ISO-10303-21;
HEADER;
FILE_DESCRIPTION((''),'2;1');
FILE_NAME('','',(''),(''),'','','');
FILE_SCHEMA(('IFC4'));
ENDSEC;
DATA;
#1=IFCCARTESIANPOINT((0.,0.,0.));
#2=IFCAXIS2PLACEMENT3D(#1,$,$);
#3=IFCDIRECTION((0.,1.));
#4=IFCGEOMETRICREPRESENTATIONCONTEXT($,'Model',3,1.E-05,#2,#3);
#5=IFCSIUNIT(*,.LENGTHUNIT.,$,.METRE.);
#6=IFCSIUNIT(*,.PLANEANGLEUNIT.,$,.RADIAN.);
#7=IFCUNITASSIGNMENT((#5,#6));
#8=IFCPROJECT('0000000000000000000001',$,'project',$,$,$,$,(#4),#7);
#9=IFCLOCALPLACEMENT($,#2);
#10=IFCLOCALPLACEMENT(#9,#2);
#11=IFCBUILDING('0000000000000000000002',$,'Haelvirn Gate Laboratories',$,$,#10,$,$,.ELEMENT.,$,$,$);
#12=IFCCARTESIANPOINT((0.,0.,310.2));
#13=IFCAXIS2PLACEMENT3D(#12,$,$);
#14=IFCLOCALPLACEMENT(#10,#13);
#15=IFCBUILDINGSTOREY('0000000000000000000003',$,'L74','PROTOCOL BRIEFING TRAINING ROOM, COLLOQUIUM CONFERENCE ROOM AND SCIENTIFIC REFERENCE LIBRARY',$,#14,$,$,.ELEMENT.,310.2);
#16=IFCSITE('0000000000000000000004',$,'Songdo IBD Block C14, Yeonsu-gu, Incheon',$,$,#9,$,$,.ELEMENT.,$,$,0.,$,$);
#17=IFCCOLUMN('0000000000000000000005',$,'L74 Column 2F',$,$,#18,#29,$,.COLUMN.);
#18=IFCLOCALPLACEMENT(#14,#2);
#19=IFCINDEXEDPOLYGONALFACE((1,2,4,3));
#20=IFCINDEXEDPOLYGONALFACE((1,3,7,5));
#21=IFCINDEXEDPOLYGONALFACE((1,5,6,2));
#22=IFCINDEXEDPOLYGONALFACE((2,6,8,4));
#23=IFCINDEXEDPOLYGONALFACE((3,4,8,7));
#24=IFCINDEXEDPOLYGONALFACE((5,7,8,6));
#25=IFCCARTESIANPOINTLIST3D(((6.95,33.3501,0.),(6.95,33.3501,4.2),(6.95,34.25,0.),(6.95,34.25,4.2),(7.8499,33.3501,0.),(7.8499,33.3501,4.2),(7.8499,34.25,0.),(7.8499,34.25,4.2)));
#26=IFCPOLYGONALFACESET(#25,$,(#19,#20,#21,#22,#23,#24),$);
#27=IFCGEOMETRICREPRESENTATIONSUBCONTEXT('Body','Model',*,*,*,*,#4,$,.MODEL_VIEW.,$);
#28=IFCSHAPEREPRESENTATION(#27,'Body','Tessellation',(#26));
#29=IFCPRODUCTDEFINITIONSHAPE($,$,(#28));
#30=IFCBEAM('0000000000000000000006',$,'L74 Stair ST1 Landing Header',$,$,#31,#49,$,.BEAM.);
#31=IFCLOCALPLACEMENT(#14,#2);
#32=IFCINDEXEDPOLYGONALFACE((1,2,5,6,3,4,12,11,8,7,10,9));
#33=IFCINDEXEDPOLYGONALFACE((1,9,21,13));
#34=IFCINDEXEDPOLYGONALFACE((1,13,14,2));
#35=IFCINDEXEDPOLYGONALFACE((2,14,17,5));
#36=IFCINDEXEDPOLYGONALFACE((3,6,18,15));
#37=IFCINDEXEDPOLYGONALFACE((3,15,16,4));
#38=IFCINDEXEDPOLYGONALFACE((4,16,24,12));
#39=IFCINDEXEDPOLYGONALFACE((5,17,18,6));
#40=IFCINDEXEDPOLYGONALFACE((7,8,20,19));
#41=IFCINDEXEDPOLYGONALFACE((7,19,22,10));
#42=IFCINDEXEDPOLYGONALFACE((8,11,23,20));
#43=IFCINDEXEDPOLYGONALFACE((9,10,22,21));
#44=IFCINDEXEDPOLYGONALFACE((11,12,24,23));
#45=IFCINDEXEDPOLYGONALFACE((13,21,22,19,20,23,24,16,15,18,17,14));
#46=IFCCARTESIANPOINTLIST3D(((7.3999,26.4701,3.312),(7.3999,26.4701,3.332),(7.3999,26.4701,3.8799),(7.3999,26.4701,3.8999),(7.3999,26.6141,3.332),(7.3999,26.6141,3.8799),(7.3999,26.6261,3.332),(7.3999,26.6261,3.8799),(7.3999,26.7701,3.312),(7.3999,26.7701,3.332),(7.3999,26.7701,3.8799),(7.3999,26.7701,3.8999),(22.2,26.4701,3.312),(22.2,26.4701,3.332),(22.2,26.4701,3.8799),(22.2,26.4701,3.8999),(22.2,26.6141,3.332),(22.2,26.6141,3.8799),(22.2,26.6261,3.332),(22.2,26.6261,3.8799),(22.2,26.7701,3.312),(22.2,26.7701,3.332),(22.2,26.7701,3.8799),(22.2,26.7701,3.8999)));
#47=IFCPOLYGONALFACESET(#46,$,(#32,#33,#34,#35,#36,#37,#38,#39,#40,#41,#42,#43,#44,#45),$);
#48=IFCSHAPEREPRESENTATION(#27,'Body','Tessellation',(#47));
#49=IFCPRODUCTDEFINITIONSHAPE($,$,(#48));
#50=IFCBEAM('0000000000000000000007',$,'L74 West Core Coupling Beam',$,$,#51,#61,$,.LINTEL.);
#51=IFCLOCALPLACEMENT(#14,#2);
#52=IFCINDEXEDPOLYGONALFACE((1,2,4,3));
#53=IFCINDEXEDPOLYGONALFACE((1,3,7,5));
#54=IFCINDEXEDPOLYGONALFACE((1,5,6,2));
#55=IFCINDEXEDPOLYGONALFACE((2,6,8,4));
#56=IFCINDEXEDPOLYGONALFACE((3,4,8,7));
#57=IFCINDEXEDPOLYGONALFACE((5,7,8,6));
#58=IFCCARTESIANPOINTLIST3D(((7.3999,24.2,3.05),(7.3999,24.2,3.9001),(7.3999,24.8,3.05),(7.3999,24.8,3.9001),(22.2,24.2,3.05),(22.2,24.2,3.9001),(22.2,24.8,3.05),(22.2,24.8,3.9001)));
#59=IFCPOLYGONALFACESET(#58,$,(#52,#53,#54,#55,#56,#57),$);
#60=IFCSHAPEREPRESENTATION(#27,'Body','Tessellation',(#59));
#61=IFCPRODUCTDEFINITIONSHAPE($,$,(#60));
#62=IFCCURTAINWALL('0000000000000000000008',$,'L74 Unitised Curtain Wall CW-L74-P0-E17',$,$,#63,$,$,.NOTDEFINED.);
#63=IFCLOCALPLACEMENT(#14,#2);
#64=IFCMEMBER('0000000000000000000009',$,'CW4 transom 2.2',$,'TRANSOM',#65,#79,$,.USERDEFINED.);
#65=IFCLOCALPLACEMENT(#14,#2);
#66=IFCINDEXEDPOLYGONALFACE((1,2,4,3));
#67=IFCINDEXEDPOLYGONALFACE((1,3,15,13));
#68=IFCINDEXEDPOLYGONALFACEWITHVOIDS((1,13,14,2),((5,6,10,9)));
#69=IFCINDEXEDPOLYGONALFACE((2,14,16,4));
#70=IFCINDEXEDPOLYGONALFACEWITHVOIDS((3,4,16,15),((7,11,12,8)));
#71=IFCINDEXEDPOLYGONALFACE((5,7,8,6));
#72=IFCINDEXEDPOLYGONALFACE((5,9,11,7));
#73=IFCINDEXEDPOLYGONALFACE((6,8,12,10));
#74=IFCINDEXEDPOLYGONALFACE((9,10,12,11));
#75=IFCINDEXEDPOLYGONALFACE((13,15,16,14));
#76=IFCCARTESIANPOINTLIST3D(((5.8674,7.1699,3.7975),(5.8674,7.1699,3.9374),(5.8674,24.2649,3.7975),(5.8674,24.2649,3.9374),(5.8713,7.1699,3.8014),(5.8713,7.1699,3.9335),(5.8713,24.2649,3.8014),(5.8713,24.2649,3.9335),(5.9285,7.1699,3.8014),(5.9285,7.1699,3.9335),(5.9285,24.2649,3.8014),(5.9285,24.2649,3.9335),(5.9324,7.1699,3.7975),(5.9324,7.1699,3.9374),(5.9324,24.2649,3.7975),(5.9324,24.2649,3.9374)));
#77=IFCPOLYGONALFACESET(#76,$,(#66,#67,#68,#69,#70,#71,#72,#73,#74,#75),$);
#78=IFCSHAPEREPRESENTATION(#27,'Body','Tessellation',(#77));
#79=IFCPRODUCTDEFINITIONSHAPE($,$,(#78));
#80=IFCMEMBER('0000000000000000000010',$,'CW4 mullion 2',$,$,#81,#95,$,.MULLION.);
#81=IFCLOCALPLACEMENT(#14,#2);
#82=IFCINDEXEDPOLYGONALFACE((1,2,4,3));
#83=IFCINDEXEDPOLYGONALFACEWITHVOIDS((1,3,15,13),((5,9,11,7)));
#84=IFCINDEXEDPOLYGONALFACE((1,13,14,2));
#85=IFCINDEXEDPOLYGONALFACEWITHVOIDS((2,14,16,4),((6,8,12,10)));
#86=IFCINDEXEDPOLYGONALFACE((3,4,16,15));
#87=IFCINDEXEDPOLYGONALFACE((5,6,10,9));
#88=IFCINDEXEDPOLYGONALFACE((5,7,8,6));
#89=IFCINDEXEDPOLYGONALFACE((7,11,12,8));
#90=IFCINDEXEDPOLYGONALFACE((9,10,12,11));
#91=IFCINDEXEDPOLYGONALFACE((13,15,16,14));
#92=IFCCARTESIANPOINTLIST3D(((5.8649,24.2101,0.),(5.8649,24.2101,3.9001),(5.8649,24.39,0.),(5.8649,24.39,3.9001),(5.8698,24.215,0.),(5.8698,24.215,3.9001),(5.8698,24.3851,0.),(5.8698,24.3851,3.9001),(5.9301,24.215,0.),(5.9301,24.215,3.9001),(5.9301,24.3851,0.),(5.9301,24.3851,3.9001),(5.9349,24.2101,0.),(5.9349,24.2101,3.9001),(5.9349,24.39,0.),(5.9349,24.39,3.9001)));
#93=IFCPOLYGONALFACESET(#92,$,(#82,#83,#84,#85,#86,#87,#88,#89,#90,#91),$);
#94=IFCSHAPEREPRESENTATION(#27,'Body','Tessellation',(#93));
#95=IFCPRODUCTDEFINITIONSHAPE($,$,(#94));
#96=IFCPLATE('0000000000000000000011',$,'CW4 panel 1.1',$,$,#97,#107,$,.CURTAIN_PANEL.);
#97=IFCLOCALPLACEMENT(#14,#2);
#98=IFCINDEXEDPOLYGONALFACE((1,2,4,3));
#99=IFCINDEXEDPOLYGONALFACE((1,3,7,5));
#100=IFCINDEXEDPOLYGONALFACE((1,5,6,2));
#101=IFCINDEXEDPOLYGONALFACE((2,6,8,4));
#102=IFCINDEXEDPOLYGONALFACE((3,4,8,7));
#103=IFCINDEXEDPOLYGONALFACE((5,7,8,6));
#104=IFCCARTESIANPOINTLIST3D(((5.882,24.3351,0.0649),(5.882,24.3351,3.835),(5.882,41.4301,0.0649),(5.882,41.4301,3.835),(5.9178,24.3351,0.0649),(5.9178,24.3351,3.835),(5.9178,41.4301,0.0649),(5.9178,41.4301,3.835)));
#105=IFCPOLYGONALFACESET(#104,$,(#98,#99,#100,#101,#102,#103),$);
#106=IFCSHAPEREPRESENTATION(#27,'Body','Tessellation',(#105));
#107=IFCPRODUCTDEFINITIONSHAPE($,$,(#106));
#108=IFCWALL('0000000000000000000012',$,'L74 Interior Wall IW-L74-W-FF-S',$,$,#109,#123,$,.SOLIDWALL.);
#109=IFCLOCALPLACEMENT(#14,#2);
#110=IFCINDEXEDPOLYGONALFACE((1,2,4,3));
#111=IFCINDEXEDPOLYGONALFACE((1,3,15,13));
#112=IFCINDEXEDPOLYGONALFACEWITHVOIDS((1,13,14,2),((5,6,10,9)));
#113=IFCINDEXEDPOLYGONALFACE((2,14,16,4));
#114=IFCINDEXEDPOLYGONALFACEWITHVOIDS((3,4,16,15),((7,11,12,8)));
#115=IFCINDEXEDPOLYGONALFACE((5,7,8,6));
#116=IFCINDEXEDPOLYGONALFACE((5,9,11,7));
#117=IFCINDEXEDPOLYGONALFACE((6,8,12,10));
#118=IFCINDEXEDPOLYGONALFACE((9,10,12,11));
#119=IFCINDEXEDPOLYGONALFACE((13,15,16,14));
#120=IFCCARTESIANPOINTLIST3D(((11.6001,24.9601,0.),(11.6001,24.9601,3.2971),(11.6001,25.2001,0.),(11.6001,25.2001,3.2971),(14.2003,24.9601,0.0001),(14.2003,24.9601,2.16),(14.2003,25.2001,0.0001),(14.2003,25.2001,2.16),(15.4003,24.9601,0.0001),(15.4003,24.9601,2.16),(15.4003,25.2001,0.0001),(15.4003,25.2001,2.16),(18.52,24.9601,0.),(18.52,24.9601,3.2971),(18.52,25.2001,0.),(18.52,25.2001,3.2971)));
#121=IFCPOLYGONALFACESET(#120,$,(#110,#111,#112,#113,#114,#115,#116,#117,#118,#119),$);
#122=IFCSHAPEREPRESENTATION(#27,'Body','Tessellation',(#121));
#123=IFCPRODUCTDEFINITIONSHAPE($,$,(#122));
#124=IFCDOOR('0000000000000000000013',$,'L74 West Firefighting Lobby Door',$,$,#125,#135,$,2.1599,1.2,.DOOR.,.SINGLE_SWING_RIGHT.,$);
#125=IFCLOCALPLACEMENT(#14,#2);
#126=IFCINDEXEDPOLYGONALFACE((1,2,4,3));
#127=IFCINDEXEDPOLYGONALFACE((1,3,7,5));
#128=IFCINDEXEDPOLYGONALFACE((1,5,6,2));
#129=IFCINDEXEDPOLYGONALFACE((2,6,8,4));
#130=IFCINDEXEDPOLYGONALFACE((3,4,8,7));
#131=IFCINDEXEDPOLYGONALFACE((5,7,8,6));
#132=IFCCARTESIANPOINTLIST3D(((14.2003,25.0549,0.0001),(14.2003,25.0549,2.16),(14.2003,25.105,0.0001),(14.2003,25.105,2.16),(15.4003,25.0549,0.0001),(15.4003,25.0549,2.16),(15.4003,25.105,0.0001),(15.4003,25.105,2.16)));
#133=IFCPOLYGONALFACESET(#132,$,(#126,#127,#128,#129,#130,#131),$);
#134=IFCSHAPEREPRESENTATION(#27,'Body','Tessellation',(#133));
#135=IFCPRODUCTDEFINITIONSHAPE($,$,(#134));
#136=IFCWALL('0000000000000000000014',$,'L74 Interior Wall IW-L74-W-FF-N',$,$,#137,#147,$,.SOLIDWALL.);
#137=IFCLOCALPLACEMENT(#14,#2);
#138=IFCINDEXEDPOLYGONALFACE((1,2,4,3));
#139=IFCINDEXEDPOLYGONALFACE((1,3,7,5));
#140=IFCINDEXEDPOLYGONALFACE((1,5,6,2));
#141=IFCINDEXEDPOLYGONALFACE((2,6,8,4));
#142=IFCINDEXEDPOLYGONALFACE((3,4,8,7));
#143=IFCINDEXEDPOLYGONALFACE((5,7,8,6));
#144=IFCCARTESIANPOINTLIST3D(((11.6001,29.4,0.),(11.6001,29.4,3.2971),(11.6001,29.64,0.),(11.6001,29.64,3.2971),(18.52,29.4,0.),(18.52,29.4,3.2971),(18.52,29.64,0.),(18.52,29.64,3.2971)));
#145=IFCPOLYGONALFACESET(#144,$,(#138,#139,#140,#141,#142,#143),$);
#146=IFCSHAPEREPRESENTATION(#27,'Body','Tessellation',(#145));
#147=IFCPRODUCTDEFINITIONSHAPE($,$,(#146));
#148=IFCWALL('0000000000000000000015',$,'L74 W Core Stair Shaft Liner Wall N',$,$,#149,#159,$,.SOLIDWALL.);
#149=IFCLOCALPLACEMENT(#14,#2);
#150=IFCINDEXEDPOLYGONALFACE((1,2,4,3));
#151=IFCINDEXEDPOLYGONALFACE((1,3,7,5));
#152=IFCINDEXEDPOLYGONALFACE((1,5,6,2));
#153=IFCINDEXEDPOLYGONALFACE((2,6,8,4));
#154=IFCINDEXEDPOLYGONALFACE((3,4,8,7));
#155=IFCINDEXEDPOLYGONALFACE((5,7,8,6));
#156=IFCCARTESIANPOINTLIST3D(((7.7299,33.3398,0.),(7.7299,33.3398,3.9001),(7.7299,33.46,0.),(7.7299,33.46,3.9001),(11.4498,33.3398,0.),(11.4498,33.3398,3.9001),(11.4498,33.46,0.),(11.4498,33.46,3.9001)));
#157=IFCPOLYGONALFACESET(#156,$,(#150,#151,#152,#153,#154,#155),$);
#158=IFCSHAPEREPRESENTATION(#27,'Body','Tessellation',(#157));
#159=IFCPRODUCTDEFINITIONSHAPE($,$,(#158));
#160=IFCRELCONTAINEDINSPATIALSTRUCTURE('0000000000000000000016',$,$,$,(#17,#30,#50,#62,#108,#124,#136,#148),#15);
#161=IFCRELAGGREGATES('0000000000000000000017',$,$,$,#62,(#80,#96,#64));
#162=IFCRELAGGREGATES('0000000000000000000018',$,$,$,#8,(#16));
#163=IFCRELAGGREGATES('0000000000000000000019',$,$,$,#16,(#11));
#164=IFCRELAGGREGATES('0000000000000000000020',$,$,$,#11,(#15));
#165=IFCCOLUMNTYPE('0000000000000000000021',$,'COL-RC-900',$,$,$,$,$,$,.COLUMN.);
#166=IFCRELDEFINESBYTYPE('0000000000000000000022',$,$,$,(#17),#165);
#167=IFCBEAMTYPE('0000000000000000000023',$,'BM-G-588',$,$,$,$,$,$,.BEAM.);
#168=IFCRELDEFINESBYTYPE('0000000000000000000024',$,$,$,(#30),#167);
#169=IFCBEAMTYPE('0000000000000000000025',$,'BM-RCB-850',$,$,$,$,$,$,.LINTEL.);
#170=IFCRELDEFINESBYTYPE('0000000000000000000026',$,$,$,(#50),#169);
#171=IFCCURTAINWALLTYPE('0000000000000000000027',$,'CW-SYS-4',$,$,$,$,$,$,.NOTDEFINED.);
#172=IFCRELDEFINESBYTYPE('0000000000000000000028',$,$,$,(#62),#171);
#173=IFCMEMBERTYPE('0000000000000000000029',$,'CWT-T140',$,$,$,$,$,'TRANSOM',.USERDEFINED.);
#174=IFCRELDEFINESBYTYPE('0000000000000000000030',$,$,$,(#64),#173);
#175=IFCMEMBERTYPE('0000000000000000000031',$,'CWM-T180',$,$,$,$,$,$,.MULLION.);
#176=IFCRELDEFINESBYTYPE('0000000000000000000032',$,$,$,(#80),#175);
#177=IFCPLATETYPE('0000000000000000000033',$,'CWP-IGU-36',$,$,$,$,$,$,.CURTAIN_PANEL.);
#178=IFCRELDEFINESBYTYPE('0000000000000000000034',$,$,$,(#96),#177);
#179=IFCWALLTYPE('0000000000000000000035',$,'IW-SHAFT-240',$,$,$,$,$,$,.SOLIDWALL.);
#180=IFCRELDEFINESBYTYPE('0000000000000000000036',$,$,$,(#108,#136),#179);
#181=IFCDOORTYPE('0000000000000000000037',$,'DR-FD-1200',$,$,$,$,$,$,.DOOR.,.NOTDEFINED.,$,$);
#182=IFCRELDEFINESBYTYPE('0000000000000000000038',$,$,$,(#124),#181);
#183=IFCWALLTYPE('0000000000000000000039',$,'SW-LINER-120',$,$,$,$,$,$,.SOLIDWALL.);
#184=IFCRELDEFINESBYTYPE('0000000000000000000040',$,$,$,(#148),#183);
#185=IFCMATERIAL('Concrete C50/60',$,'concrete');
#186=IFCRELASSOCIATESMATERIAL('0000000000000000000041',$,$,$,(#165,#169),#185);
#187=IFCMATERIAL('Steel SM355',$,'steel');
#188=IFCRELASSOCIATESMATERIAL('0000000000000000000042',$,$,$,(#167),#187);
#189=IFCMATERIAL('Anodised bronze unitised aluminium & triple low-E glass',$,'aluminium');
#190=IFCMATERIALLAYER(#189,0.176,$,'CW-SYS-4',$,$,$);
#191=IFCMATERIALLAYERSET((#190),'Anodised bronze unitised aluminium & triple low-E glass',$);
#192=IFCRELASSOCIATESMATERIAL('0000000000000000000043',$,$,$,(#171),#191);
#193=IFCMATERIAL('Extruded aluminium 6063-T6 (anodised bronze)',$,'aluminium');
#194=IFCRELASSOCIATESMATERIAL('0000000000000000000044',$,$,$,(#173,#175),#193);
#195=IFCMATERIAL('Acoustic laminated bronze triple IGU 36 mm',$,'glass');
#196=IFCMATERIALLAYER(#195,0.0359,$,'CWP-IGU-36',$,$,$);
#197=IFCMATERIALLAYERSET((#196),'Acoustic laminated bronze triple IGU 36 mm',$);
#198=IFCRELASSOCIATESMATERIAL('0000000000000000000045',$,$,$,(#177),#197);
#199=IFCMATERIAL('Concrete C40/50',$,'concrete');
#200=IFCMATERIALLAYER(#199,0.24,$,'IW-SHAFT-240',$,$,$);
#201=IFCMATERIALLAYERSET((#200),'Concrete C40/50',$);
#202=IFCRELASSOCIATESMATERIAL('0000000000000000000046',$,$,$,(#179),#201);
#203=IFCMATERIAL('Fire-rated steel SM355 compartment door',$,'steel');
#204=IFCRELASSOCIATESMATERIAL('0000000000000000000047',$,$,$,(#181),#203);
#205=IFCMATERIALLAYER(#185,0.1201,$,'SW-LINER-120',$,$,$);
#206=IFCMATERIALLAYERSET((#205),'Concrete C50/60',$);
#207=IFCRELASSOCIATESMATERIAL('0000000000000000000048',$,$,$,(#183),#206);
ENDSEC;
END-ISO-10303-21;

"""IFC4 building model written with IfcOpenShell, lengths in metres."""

from ifc_helpers import new_model, si_unit, direction, frame, frame_2d, origin, origin_2d, place, context, subcontext, project, spatial, rectangle, hollow_rectangle, i_section, extrude, source, transform, mapped, material, layer, layer_set, material_profile, profile_set, type_object, type_shapes, element, fill, aggregate, save


model = new_model("IFC4")

# Units and contexts
model_context = context("Model", 3, precision=1e-05, world=origin(), true_north=direction((0.0, 1.0)))
body_context = subcontext(model_context, "Body", "Model", "MODEL_VIEW")
ifc_project = project(units=[si_unit("LENGTHUNIT", "METRE"), si_unit("PLANEANGLEUNIT", "RADIAN")], contexts=[model_context])

# Site, building, storey
site_placement = place(None, origin())
site = spatial("IfcSite", under=ifc_project, at=site_placement, Name="Songdo IBD Block C14, Yeonsu-gu, Incheon", CompositionType="ELEMENT", RefElevation=0.0)
building_placement = place(site_placement, origin())
building = spatial("IfcBuilding", under=site, at=building_placement, Name="Haelvirn Gate Laboratories", CompositionType="ELEMENT")
storey_placement = place(building_placement, frame((0.0, 0.0, 310.2)))
storey = spatial("IfcBuildingStorey", under=building, at=storey_placement, Name="L74", Description="PROTOCOL BRIEFING TRAINING ROOM, COLLOQUIUM CONFERENCE ROOM AND SCIENTIFIC REFERENCE LIBRARY", CompositionType="ELEMENT", Elevation=310.2)

# Column
ifc_material_1 = material(Name="Concrete C50/60", Category="concrete")
ifc_material_profile_1 = material_profile(ifc_material_1, rectangle(XDim=0.8999, YDim=0.8999, at=origin_2d()), Name="RC-900x900")
ifc_profile_set_1 = profile_set([ifc_material_profile_1], Name="Concrete C50/60")
column_type = type_object("IfcColumnType", Name="COL-RC-900", PredefinedType="COLUMN", material=ifc_profile_set_1)
shared_shape_1 = source(origin(), body_context, "Body", "SweptSolid", [
    extrude(rectangle(XDim=0.8999, YDim=0.8999, at=origin_2d()), origin(), (0.0, 0.0, 1.0), 4.2),
])
type_shapes(column_type, [shared_shape_1])
column_placement = place(storey_placement, frame((7.3999, 33.8, 0.0), z_axis=(0.0, 0.0, 1.0), x_axis=(1.0, 0.0, 0.0)))
element("IfcColumn", 1, at=column_placement, inside=storey, type_object=column_type, Name="L74 Column 2F", PredefinedType="COLUMN", context=body_context, shape_type="MappedRepresentation", body=[
    mapped(shared_shape_1, transform((0.0, 0.0, 0.0), scale=1.0)),
])

# Beams
ifc_material_2 = material(Name="Steel SM355", Category="steel")
ifc_material_profile_2 = material_profile(ifc_material_2, i_section(OverallWidth=0.3, OverallDepth=0.5879, WebThickness=0.012, FlangeThickness=0.02, at=origin_2d()), Name="H-588x300x12x20")
ifc_profile_set_2 = profile_set([ifc_material_profile_2], Name="Steel SM355")
beam_type_1 = type_object("IfcBeamType", Name="BM-G-588", PredefinedType="BEAM", material=ifc_profile_set_2)
shared_shape_2 = source(origin(), body_context, "Body", "SweptSolid", [
    extrude(i_section(OverallWidth=0.3, OverallDepth=0.5879, WebThickness=0.012, FlangeThickness=0.02, at=origin_2d()), origin(), (0.0, 0.0, 1.0), 14.8),
])
type_shapes(beam_type_1, [shared_shape_2])
beam_1_placement = place(storey_placement, frame((7.3999, 26.6201, 3.606), z_axis=(1.0, 0.0, 0.0), x_axis=(0.0, 1.0, 0.0)))
element("IfcBeam", 2, at=beam_1_placement, inside=storey, type_object=beam_type_1, Name="L74 Stair ST1 Landing Header", PredefinedType="BEAM", context=body_context, shape_type="MappedRepresentation", body=[
    mapped(shared_shape_2, transform((0.0, 0.0, 0.0), scale=1.0)),
])
ifc_material_profile_3 = material_profile(ifc_material_1, rectangle(XDim=0.6001, YDim=0.8501, at=origin_2d()), Name="RCB-600x850")
ifc_profile_set_3 = profile_set([ifc_material_profile_3], Name="Concrete C50/60")
beam_type_2 = type_object("IfcBeamType", Name="BM-RCB-850", PredefinedType="LINTEL", material=ifc_profile_set_3)
shared_shape_3 = source(origin(), body_context, "Body", "SweptSolid", [
    extrude(rectangle(XDim=0.6001, YDim=0.8501, at=origin_2d()), origin(), (0.0, 0.0, 1.0), 14.8),
])
type_shapes(beam_type_2, [shared_shape_3])
beam_2_placement = place(storey_placement, frame((7.3999, 24.5, 3.4751), z_axis=(1.0, 0.0, 0.0), x_axis=(0.0, 1.0, 0.0)))
element("IfcBeam", 3, at=beam_2_placement, inside=storey, type_object=beam_type_2, Name="L74 West Core Coupling Beam", PredefinedType="LINTEL", context=body_context, shape_type="MappedRepresentation", body=[
    mapped(shared_shape_3, transform((0.0, 0.0, 0.0), scale=1.0)),
])

# Curtain wall, members, plate
ifc_material_3 = material(Name="Anodised bronze unitised aluminium & triple low-E glass", Category="aluminium")
ifc_layer_1 = layer(ifc_material_3, 0.176, Name="CW-SYS-4")
ifc_layer_set_1 = layer_set([ifc_layer_1], Name="Anodised bronze unitised aluminium & triple low-E glass")
curtain_wall_type = type_object("IfcCurtainWallType", Name="CW-SYS-4", PredefinedType="NOTDEFINED", material=ifc_layer_set_1)
curtain_wall_placement = place(storey_placement, origin())
curtain_wall = element("IfcCurtainWall", 4, at=curtain_wall_placement, inside=storey, type_object=curtain_wall_type, Name="L74 Unitised Curtain Wall CW-L74-P0-E17", PredefinedType="NOTDEFINED")
ifc_material_4 = material(Name="Extruded aluminium 6063-T6 (anodised bronze)", Category="aluminium")
ifc_material_profile_4 = material_profile(ifc_material_4, hollow_rectangle(XDim=0.0649, YDim=0.1399, WallThickness=0.0039, at=origin_2d()), Name="CWT-140x65x4")
ifc_profile_set_4 = profile_set([ifc_material_profile_4], Name="Extruded aluminium 6063-T6 (anodised bronze)")
member_type_1 = type_object("IfcMemberType", Name="CWT-T140", ElementType="TRANSOM", PredefinedType="USERDEFINED", material=ifc_profile_set_4)
shared_shape_4 = source(origin(), body_context, "Body", "SweptSolid", [
    extrude(hollow_rectangle(XDim=0.0649, YDim=0.1399, WallThickness=0.0039, at=origin_2d()), origin(), (0.0, 0.0, 1.0), 17.095),
])
type_shapes(member_type_1, [shared_shape_4])
member_1_placement = place(storey_placement, frame((5.8999, 24.2649, 3.8674), z_axis=(0.0, -1.0, 0.0), x_axis=(1.0, 0.0, 0.0)))
member_1 = element("IfcMember", 5, at=member_1_placement, type_object=member_type_1, Name="CW4 transom 2.2", ObjectType="TRANSOM", PredefinedType="USERDEFINED", context=body_context, shape_type="MappedRepresentation", body=[
    mapped(shared_shape_4, transform((0.0, 0.0, 0.0), scale=1.0)),
])
ifc_material_profile_5 = material_profile(ifc_material_4, hollow_rectangle(XDim=0.0701, YDim=0.1799, WallThickness=0.0049, at=origin_2d()), Name="CWM-180x70x5")
ifc_profile_set_5 = profile_set([ifc_material_profile_5], Name="Extruded aluminium 6063-T6 (anodised bronze)")
member_type_2 = type_object("IfcMemberType", Name="CWM-T180", PredefinedType="MULLION", material=ifc_profile_set_5)
shared_shape_5 = source(origin(), body_context, "Body", "SweptSolid", [
    extrude(hollow_rectangle(XDim=0.0701, YDim=0.1799, WallThickness=0.0049, at=origin_2d()), origin(), (0.0, 0.0, 1.0), 3.9001),
])
type_shapes(member_type_2, [shared_shape_5])
member_2_placement = place(storey_placement, frame((5.8999, 24.3, 0.0), z_axis=(0.0, 0.0, 1.0), x_axis=(1.0, 0.0, 0.0)))
member_2 = element("IfcMember", 6, at=member_2_placement, type_object=member_type_2, Name="CW4 mullion 2", PredefinedType="MULLION", context=body_context, shape_type="MappedRepresentation", body=[
    mapped(shared_shape_5, transform((0.0, 0.0, 0.0), scale=1.0)),
])
ifc_material_5 = material(Name="Acoustic laminated bronze triple IGU 36 mm", Category="glass")
ifc_layer_2 = layer(ifc_material_5, 0.0359, Name="CWP-IGU-36")
ifc_layer_set_2 = layer_set([ifc_layer_2], Name="Acoustic laminated bronze triple IGU 36 mm")
plate_type = type_object("IfcPlateType", Name="CWP-IGU-36", PredefinedType="CURTAIN_PANEL", material=ifc_layer_set_2)
shared_shape_6 = source(origin(), body_context, "Body", "SweptSolid", [
    extrude(rectangle(XDim=17.095, YDim=0.0359, at=origin_2d()), origin(), (0.0, 0.0, 1.0), 3.77),
])
type_shapes(plate_type, [shared_shape_6])
plate_placement = place(storey_placement, frame((5.8999, 32.8826, 0.0649), z_axis=(0.0, 0.0, 1.0), x_axis=(0.0, -1.0, 0.0)))
plate = element("IfcPlate", 7, at=plate_placement, type_object=plate_type, Name="CW4 panel 1.1", PredefinedType="CURTAIN_PANEL", context=body_context, shape_type="MappedRepresentation", body=[
    mapped(shared_shape_6, transform((0.0, 0.0, 0.0), scale=1.0)),
])
aggregate(curtain_wall, [member_2, plate, member_1])

# Wall, opening, door
ifc_material_6 = material(Name="Concrete C40/50", Category="concrete")
ifc_layer_3 = layer(ifc_material_6, 0.24, Name="IW-SHAFT-240")
ifc_layer_set_3 = layer_set([ifc_layer_3], Name="Concrete C40/50")
wall_type_1 = type_object("IfcWallType", Name="IW-SHAFT-240", PredefinedType="SOLIDWALL", material=ifc_layer_set_3)
wall_1_placement = place(storey_placement, frame((11.6001, 25.0801, 0.0), z_axis=(0.0, 0.0, 1.0), x_axis=(1.0, 0.0, 0.0)))
wall_1 = element("IfcWall", 8, at=wall_1_placement, inside=storey, type_object=wall_type_1, Name="L74 Interior Wall IW-L74-W-FF-S", PredefinedType="SOLIDWALL", context=body_context, shape_type="SweptSolid", body=[
    extrude(rectangle(XDim=6.9199, YDim=0.24, at=frame_2d((3.46, 0.0))), origin(), (0.0, 0.0, 1.0), 3.2971),
])
opening_1_placement = place(wall_1_placement, frame((2.6001, 0.0, 0.0)))
opening_1 = element("IfcOpeningElement", 9, at=opening_1_placement, cuts=wall_1, PredefinedType="OPENING", context=body_context, shape_type="SweptSolid", body=[
    extrude(rectangle(XDim=1.2, YDim=2.1599, at=frame_2d((0.6001, 1.0801))), frame((0.0, 0.1299, 0.0), z_axis=(0.0, -1.0, 0.0), x_axis=(1.0, 0.0, 0.0)), (0.0, 0.0, 1.0), 0.26),
])
ifc_material_7 = material(Name="Fire-rated steel SM355 compartment door", Category="steel")
door_type_1 = type_object("IfcDoorType", Name="DR-FD-1200", OperationType="NOTDEFINED", PredefinedType="DOOR", material=ifc_material_7)
shared_shape_7 = source(origin(), body_context, "Body", "SweptSolid", [
    extrude(rectangle(XDim=1.2, YDim=2.1599, at=frame_2d((0.6001, 1.0801))), frame((0.0, 0.0249, 0.0), z_axis=(0.0, -1.0, 0.0), x_axis=(1.0, 0.0, 0.0)), (0.0, 0.0, 1.0), 0.05),
])
type_shapes(door_type_1, [shared_shape_7])
door_1_placement = place(opening_1_placement, origin())
door_1 = element("IfcDoor", 10, at=door_1_placement, inside=storey, type_object=door_type_1, Name="L74 West Firefighting Lobby Door", OperationType="SINGLE_SWING_RIGHT", OverallHeight=2.1599, OverallWidth=1.2, PredefinedType="DOOR", context=body_context, shape_type="MappedRepresentation", body=[
    mapped(shared_shape_7, transform((0.0, 0.0, 0.0), scale=1.0)),
])
fill(opening_1, door_1)

# Wall
wall_2_placement = place(storey_placement, frame((11.6001, 29.52, 0.0), z_axis=(0.0, 0.0, 1.0), x_axis=(1.0, 0.0, 0.0)))
element("IfcWall", 11, at=wall_2_placement, inside=storey, type_object=wall_type_1, Name="L74 Interior Wall IW-L74-W-FF-N", PredefinedType="SOLIDWALL", context=body_context, shape_type="SweptSolid", body=[
    extrude(rectangle(XDim=6.9199, YDim=0.24, at=frame_2d((3.46, 0.0))), origin(), (0.0, 0.0, 1.0), 3.2971),
])

# Wall
ifc_layer_4 = layer(ifc_material_1, 0.1201, Name="SW-LINER-120")
ifc_layer_set_4 = layer_set([ifc_layer_4], Name="Concrete C50/60")
wall_type_2 = type_object("IfcWallType", Name="SW-LINER-120", PredefinedType="SOLIDWALL", material=ifc_layer_set_4)
wall_3_placement = place(storey_placement, frame((7.73, 33.3999, 0.0), z_axis=(0.0, 0.0, 1.0), x_axis=(1.0, 0.0, 0.0)))
element("IfcWall", 12, at=wall_3_placement, inside=storey, type_object=wall_type_2, Name="L74 W Core Stair Shaft Liner Wall N", PredefinedType="SOLIDWALL", context=body_context, shape_type="SweptSolid", body=[
    extrude(rectangle(XDim=3.72, YDim=0.1201, at=frame_2d((1.8599, 0.0))), origin(), (0.0, 0.0, 1.0), 3.9001),
])

save(model, "model.ifc")
